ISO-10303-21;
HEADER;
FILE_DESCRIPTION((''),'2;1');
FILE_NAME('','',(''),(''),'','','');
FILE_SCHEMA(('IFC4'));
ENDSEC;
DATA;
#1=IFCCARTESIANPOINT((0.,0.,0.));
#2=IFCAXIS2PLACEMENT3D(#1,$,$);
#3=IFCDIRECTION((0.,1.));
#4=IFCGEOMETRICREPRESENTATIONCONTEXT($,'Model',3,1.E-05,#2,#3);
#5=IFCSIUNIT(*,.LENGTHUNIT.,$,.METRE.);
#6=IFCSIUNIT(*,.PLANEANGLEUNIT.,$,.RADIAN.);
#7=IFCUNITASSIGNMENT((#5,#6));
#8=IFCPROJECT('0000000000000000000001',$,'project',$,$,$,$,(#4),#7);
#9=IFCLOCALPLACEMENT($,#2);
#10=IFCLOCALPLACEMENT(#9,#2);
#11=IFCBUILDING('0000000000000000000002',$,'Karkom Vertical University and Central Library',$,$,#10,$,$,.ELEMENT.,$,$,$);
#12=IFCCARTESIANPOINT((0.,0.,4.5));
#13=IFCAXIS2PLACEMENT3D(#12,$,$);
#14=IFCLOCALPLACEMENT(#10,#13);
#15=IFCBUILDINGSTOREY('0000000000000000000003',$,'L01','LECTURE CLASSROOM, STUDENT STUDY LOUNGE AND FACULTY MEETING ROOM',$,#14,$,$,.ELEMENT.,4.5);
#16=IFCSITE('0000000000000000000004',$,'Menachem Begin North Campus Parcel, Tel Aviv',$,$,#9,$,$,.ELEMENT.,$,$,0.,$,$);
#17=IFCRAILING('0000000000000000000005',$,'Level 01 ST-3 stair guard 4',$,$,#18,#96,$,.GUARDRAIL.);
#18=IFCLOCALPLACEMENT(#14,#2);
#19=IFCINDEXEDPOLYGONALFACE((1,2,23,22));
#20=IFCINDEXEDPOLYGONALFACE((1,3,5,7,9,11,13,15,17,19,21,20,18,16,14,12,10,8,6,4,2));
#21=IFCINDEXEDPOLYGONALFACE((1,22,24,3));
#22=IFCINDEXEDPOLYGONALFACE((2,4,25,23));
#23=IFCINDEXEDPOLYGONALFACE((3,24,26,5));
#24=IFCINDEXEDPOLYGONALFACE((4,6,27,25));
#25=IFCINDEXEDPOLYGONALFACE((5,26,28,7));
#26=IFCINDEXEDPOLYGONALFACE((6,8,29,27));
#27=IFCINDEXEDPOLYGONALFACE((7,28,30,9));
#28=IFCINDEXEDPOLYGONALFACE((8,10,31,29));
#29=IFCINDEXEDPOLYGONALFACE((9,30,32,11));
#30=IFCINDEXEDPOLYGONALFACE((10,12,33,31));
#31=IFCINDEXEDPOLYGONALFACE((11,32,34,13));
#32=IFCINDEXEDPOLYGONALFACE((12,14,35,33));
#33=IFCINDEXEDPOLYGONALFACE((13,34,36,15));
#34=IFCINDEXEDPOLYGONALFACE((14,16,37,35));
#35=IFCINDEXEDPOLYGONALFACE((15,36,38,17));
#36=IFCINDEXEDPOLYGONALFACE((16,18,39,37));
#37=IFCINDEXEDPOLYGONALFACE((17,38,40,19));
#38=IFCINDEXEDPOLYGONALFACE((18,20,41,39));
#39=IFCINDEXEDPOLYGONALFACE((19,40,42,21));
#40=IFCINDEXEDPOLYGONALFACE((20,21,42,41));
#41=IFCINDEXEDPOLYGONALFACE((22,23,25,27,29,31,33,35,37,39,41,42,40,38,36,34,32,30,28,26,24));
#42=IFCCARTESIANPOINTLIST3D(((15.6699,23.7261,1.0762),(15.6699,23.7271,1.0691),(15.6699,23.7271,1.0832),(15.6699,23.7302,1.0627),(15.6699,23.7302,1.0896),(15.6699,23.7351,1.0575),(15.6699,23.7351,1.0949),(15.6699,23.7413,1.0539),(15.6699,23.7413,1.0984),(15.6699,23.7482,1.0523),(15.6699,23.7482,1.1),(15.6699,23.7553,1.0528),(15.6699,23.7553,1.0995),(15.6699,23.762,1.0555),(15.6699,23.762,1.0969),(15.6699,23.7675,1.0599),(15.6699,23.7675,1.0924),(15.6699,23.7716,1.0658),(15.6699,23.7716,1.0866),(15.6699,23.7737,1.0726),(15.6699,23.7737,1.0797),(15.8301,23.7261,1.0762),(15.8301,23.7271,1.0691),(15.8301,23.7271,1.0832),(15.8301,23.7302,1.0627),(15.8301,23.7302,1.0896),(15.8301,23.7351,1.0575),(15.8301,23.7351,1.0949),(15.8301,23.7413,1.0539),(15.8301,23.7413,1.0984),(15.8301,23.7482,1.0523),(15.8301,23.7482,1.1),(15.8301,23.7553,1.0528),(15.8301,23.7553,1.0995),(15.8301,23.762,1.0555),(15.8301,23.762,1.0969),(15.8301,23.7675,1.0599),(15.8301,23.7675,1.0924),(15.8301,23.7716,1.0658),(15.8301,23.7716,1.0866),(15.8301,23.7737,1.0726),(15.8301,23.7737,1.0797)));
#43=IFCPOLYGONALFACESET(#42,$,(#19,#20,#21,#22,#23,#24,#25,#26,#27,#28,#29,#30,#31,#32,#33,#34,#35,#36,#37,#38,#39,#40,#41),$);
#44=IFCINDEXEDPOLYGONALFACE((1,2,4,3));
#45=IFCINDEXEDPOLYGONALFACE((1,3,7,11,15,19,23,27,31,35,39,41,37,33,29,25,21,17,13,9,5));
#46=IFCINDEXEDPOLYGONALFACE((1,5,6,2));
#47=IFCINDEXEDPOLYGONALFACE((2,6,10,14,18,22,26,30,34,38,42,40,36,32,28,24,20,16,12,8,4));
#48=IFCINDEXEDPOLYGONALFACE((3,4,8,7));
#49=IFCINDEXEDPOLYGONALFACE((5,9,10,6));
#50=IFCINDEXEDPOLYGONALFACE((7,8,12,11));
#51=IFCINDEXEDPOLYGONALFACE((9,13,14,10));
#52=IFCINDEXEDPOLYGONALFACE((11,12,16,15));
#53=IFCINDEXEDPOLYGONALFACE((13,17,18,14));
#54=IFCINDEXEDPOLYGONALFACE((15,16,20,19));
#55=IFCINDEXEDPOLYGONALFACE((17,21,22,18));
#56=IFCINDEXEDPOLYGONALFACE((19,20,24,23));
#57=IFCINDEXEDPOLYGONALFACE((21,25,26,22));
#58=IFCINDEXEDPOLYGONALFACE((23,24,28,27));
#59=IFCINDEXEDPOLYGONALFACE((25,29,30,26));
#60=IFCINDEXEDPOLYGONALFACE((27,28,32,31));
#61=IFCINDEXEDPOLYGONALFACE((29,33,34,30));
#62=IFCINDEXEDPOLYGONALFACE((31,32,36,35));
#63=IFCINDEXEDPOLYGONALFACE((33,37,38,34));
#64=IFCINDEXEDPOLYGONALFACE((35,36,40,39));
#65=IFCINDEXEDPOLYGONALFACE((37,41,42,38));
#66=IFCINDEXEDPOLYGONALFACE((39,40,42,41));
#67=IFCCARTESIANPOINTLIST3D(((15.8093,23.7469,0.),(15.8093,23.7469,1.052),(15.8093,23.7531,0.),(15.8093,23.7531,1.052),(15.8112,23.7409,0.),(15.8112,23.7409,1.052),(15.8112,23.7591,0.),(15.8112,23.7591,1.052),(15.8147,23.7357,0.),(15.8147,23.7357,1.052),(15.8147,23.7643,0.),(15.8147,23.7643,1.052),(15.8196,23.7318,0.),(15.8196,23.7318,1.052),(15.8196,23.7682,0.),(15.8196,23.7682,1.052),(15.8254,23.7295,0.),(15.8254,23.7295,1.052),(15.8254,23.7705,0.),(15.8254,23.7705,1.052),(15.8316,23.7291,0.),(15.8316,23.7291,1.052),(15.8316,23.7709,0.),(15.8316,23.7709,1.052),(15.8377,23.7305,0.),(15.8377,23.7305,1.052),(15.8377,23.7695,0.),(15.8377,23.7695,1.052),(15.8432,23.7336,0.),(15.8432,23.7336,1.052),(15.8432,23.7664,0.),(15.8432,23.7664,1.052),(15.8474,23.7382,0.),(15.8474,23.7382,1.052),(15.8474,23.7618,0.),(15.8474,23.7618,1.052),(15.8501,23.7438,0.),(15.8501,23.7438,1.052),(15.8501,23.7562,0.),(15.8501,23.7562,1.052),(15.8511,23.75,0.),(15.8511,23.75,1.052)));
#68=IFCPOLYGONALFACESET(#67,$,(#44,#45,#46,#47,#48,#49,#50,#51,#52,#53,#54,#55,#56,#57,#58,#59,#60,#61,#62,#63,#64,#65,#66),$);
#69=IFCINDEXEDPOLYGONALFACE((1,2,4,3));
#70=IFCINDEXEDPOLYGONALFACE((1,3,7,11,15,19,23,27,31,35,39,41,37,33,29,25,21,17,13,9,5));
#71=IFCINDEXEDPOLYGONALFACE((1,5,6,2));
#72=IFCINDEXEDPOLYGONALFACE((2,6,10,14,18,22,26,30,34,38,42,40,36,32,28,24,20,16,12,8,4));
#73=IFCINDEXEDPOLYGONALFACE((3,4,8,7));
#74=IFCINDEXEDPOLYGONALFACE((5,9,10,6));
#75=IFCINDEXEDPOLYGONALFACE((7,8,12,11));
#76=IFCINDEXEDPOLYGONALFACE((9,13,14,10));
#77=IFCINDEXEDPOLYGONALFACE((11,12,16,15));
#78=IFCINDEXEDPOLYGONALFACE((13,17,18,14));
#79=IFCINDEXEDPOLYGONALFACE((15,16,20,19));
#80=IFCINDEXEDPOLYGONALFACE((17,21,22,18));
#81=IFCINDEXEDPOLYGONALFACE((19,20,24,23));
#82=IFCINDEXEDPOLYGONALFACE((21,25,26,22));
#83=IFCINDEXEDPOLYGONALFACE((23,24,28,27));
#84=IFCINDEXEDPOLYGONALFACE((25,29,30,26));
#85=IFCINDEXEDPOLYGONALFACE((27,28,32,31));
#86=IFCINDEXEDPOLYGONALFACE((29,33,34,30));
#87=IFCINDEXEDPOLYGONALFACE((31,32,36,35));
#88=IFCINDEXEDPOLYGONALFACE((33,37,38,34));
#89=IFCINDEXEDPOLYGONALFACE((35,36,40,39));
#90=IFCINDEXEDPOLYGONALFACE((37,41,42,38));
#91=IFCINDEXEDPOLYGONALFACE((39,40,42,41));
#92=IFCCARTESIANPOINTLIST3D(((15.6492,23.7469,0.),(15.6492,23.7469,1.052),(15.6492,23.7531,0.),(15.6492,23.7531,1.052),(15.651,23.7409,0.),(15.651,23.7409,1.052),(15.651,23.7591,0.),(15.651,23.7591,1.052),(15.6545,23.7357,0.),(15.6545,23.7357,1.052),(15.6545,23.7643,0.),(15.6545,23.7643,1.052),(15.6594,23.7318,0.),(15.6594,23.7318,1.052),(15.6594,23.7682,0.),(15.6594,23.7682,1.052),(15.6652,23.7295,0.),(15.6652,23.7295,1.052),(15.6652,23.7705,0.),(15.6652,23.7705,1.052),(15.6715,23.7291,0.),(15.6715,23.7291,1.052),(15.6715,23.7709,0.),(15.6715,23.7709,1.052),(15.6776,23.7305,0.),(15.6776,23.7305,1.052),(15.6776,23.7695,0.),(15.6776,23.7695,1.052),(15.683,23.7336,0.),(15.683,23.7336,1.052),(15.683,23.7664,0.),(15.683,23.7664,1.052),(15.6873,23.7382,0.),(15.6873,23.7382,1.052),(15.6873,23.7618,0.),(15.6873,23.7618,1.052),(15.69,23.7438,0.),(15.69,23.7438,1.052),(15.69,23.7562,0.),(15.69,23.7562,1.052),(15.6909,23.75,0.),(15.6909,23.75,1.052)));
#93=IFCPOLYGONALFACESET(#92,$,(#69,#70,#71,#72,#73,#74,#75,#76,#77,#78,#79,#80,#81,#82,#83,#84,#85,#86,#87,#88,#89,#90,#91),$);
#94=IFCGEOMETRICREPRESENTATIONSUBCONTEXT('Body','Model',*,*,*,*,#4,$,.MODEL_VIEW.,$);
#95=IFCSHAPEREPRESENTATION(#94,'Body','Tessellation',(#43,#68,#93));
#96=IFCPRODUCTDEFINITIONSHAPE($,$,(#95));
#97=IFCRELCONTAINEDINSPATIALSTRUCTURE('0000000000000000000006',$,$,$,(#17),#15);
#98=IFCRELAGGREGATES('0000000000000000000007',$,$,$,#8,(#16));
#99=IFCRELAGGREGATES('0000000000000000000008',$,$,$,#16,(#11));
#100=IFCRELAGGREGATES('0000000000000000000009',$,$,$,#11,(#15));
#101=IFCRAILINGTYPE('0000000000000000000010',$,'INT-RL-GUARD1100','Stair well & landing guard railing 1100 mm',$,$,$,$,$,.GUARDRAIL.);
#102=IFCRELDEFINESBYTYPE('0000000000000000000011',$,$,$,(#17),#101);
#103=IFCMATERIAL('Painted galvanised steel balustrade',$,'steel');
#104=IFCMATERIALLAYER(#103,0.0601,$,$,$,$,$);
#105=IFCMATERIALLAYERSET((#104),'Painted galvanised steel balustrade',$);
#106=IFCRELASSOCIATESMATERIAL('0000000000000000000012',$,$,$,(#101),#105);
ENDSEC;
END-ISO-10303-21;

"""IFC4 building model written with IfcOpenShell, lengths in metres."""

from ifc_helpers import new_model, si_unit, direction, frame, origin, origin_2d, place, context, subcontext, project, spatial, circle, extrude, material, layer, layer_set, type_object, element, save


model = new_model("IFC4")

# Units and contexts
model_context = context("Model", 3, precision=1e-05, world=origin(), true_north=direction((0.0, 1.0)))
body_context = subcontext(model_context, "Body", "Model", "MODEL_VIEW")
ifc_project = project(units=[si_unit("LENGTHUNIT", "METRE"), si_unit("PLANEANGLEUNIT", "RADIAN")], contexts=[model_context])

# Site, building, storey
site_placement = place(None, origin())
site = spatial("IfcSite", under=ifc_project, at=site_placement, Name="Menachem Begin North Campus Parcel, Tel Aviv", CompositionType="ELEMENT", RefElevation=0.0)
building_placement = place(site_placement, origin())
building = spatial("IfcBuilding", under=site, at=building_placement, Name="Karkom Vertical University and Central Library", CompositionType="ELEMENT")
storey_placement = place(building_placement, frame((0.0, 0.0, 4.5)))
storey = spatial("IfcBuildingStorey", under=building, at=storey_placement, Name="L01", Description="LECTURE CLASSROOM, STUDENT STUDY LOUNGE AND FACULTY MEETING ROOM", CompositionType="ELEMENT", Elevation=4.5)

# Railing
ifc_material_1 = material(Name="Painted galvanised steel balustrade", Category="steel")
ifc_layer_1 = layer(ifc_material_1, 0.0601)
ifc_layer_set_1 = layer_set([ifc_layer_1], Name="Painted galvanised steel balustrade")
railing_type_1 = type_object("IfcRailingType", Name="INT-RL-GUARD1100", Description="Stair well & landing guard railing 1100 mm", PredefinedType="GUARDRAIL", material=ifc_layer_set_1)
railing_1_placement = place(storey_placement, frame((15.8301, 23.75, 0.0)))
element("IfcRailing", 1, at=railing_1_placement, inside=storey, type_object=railing_type_1, Name="Level 01 ST-3 stair guard 4", PredefinedType="GUARDRAIL", context=body_context, shape_type="SweptSolid", body=[
    extrude(circle(Radius=0.0239, at=origin_2d()), frame((0.0, 0.0, 1.0762), z_axis=(-1.0, 0.0, 0.0), x_axis=(0.0, -1.0, 0.0)), (0.0, 0.0, 1.0), 0.1602),
    extrude(circle(Radius=0.021, at=origin_2d()), origin(), (0.0, 0.0, 1.0), 1.052),
    extrude(circle(Radius=0.021, at=origin_2d()), frame((-0.1602, 0.0, 0.0)), (0.0, 0.0, 1.0), 1.052),
])

save(model, "model.ifc")
